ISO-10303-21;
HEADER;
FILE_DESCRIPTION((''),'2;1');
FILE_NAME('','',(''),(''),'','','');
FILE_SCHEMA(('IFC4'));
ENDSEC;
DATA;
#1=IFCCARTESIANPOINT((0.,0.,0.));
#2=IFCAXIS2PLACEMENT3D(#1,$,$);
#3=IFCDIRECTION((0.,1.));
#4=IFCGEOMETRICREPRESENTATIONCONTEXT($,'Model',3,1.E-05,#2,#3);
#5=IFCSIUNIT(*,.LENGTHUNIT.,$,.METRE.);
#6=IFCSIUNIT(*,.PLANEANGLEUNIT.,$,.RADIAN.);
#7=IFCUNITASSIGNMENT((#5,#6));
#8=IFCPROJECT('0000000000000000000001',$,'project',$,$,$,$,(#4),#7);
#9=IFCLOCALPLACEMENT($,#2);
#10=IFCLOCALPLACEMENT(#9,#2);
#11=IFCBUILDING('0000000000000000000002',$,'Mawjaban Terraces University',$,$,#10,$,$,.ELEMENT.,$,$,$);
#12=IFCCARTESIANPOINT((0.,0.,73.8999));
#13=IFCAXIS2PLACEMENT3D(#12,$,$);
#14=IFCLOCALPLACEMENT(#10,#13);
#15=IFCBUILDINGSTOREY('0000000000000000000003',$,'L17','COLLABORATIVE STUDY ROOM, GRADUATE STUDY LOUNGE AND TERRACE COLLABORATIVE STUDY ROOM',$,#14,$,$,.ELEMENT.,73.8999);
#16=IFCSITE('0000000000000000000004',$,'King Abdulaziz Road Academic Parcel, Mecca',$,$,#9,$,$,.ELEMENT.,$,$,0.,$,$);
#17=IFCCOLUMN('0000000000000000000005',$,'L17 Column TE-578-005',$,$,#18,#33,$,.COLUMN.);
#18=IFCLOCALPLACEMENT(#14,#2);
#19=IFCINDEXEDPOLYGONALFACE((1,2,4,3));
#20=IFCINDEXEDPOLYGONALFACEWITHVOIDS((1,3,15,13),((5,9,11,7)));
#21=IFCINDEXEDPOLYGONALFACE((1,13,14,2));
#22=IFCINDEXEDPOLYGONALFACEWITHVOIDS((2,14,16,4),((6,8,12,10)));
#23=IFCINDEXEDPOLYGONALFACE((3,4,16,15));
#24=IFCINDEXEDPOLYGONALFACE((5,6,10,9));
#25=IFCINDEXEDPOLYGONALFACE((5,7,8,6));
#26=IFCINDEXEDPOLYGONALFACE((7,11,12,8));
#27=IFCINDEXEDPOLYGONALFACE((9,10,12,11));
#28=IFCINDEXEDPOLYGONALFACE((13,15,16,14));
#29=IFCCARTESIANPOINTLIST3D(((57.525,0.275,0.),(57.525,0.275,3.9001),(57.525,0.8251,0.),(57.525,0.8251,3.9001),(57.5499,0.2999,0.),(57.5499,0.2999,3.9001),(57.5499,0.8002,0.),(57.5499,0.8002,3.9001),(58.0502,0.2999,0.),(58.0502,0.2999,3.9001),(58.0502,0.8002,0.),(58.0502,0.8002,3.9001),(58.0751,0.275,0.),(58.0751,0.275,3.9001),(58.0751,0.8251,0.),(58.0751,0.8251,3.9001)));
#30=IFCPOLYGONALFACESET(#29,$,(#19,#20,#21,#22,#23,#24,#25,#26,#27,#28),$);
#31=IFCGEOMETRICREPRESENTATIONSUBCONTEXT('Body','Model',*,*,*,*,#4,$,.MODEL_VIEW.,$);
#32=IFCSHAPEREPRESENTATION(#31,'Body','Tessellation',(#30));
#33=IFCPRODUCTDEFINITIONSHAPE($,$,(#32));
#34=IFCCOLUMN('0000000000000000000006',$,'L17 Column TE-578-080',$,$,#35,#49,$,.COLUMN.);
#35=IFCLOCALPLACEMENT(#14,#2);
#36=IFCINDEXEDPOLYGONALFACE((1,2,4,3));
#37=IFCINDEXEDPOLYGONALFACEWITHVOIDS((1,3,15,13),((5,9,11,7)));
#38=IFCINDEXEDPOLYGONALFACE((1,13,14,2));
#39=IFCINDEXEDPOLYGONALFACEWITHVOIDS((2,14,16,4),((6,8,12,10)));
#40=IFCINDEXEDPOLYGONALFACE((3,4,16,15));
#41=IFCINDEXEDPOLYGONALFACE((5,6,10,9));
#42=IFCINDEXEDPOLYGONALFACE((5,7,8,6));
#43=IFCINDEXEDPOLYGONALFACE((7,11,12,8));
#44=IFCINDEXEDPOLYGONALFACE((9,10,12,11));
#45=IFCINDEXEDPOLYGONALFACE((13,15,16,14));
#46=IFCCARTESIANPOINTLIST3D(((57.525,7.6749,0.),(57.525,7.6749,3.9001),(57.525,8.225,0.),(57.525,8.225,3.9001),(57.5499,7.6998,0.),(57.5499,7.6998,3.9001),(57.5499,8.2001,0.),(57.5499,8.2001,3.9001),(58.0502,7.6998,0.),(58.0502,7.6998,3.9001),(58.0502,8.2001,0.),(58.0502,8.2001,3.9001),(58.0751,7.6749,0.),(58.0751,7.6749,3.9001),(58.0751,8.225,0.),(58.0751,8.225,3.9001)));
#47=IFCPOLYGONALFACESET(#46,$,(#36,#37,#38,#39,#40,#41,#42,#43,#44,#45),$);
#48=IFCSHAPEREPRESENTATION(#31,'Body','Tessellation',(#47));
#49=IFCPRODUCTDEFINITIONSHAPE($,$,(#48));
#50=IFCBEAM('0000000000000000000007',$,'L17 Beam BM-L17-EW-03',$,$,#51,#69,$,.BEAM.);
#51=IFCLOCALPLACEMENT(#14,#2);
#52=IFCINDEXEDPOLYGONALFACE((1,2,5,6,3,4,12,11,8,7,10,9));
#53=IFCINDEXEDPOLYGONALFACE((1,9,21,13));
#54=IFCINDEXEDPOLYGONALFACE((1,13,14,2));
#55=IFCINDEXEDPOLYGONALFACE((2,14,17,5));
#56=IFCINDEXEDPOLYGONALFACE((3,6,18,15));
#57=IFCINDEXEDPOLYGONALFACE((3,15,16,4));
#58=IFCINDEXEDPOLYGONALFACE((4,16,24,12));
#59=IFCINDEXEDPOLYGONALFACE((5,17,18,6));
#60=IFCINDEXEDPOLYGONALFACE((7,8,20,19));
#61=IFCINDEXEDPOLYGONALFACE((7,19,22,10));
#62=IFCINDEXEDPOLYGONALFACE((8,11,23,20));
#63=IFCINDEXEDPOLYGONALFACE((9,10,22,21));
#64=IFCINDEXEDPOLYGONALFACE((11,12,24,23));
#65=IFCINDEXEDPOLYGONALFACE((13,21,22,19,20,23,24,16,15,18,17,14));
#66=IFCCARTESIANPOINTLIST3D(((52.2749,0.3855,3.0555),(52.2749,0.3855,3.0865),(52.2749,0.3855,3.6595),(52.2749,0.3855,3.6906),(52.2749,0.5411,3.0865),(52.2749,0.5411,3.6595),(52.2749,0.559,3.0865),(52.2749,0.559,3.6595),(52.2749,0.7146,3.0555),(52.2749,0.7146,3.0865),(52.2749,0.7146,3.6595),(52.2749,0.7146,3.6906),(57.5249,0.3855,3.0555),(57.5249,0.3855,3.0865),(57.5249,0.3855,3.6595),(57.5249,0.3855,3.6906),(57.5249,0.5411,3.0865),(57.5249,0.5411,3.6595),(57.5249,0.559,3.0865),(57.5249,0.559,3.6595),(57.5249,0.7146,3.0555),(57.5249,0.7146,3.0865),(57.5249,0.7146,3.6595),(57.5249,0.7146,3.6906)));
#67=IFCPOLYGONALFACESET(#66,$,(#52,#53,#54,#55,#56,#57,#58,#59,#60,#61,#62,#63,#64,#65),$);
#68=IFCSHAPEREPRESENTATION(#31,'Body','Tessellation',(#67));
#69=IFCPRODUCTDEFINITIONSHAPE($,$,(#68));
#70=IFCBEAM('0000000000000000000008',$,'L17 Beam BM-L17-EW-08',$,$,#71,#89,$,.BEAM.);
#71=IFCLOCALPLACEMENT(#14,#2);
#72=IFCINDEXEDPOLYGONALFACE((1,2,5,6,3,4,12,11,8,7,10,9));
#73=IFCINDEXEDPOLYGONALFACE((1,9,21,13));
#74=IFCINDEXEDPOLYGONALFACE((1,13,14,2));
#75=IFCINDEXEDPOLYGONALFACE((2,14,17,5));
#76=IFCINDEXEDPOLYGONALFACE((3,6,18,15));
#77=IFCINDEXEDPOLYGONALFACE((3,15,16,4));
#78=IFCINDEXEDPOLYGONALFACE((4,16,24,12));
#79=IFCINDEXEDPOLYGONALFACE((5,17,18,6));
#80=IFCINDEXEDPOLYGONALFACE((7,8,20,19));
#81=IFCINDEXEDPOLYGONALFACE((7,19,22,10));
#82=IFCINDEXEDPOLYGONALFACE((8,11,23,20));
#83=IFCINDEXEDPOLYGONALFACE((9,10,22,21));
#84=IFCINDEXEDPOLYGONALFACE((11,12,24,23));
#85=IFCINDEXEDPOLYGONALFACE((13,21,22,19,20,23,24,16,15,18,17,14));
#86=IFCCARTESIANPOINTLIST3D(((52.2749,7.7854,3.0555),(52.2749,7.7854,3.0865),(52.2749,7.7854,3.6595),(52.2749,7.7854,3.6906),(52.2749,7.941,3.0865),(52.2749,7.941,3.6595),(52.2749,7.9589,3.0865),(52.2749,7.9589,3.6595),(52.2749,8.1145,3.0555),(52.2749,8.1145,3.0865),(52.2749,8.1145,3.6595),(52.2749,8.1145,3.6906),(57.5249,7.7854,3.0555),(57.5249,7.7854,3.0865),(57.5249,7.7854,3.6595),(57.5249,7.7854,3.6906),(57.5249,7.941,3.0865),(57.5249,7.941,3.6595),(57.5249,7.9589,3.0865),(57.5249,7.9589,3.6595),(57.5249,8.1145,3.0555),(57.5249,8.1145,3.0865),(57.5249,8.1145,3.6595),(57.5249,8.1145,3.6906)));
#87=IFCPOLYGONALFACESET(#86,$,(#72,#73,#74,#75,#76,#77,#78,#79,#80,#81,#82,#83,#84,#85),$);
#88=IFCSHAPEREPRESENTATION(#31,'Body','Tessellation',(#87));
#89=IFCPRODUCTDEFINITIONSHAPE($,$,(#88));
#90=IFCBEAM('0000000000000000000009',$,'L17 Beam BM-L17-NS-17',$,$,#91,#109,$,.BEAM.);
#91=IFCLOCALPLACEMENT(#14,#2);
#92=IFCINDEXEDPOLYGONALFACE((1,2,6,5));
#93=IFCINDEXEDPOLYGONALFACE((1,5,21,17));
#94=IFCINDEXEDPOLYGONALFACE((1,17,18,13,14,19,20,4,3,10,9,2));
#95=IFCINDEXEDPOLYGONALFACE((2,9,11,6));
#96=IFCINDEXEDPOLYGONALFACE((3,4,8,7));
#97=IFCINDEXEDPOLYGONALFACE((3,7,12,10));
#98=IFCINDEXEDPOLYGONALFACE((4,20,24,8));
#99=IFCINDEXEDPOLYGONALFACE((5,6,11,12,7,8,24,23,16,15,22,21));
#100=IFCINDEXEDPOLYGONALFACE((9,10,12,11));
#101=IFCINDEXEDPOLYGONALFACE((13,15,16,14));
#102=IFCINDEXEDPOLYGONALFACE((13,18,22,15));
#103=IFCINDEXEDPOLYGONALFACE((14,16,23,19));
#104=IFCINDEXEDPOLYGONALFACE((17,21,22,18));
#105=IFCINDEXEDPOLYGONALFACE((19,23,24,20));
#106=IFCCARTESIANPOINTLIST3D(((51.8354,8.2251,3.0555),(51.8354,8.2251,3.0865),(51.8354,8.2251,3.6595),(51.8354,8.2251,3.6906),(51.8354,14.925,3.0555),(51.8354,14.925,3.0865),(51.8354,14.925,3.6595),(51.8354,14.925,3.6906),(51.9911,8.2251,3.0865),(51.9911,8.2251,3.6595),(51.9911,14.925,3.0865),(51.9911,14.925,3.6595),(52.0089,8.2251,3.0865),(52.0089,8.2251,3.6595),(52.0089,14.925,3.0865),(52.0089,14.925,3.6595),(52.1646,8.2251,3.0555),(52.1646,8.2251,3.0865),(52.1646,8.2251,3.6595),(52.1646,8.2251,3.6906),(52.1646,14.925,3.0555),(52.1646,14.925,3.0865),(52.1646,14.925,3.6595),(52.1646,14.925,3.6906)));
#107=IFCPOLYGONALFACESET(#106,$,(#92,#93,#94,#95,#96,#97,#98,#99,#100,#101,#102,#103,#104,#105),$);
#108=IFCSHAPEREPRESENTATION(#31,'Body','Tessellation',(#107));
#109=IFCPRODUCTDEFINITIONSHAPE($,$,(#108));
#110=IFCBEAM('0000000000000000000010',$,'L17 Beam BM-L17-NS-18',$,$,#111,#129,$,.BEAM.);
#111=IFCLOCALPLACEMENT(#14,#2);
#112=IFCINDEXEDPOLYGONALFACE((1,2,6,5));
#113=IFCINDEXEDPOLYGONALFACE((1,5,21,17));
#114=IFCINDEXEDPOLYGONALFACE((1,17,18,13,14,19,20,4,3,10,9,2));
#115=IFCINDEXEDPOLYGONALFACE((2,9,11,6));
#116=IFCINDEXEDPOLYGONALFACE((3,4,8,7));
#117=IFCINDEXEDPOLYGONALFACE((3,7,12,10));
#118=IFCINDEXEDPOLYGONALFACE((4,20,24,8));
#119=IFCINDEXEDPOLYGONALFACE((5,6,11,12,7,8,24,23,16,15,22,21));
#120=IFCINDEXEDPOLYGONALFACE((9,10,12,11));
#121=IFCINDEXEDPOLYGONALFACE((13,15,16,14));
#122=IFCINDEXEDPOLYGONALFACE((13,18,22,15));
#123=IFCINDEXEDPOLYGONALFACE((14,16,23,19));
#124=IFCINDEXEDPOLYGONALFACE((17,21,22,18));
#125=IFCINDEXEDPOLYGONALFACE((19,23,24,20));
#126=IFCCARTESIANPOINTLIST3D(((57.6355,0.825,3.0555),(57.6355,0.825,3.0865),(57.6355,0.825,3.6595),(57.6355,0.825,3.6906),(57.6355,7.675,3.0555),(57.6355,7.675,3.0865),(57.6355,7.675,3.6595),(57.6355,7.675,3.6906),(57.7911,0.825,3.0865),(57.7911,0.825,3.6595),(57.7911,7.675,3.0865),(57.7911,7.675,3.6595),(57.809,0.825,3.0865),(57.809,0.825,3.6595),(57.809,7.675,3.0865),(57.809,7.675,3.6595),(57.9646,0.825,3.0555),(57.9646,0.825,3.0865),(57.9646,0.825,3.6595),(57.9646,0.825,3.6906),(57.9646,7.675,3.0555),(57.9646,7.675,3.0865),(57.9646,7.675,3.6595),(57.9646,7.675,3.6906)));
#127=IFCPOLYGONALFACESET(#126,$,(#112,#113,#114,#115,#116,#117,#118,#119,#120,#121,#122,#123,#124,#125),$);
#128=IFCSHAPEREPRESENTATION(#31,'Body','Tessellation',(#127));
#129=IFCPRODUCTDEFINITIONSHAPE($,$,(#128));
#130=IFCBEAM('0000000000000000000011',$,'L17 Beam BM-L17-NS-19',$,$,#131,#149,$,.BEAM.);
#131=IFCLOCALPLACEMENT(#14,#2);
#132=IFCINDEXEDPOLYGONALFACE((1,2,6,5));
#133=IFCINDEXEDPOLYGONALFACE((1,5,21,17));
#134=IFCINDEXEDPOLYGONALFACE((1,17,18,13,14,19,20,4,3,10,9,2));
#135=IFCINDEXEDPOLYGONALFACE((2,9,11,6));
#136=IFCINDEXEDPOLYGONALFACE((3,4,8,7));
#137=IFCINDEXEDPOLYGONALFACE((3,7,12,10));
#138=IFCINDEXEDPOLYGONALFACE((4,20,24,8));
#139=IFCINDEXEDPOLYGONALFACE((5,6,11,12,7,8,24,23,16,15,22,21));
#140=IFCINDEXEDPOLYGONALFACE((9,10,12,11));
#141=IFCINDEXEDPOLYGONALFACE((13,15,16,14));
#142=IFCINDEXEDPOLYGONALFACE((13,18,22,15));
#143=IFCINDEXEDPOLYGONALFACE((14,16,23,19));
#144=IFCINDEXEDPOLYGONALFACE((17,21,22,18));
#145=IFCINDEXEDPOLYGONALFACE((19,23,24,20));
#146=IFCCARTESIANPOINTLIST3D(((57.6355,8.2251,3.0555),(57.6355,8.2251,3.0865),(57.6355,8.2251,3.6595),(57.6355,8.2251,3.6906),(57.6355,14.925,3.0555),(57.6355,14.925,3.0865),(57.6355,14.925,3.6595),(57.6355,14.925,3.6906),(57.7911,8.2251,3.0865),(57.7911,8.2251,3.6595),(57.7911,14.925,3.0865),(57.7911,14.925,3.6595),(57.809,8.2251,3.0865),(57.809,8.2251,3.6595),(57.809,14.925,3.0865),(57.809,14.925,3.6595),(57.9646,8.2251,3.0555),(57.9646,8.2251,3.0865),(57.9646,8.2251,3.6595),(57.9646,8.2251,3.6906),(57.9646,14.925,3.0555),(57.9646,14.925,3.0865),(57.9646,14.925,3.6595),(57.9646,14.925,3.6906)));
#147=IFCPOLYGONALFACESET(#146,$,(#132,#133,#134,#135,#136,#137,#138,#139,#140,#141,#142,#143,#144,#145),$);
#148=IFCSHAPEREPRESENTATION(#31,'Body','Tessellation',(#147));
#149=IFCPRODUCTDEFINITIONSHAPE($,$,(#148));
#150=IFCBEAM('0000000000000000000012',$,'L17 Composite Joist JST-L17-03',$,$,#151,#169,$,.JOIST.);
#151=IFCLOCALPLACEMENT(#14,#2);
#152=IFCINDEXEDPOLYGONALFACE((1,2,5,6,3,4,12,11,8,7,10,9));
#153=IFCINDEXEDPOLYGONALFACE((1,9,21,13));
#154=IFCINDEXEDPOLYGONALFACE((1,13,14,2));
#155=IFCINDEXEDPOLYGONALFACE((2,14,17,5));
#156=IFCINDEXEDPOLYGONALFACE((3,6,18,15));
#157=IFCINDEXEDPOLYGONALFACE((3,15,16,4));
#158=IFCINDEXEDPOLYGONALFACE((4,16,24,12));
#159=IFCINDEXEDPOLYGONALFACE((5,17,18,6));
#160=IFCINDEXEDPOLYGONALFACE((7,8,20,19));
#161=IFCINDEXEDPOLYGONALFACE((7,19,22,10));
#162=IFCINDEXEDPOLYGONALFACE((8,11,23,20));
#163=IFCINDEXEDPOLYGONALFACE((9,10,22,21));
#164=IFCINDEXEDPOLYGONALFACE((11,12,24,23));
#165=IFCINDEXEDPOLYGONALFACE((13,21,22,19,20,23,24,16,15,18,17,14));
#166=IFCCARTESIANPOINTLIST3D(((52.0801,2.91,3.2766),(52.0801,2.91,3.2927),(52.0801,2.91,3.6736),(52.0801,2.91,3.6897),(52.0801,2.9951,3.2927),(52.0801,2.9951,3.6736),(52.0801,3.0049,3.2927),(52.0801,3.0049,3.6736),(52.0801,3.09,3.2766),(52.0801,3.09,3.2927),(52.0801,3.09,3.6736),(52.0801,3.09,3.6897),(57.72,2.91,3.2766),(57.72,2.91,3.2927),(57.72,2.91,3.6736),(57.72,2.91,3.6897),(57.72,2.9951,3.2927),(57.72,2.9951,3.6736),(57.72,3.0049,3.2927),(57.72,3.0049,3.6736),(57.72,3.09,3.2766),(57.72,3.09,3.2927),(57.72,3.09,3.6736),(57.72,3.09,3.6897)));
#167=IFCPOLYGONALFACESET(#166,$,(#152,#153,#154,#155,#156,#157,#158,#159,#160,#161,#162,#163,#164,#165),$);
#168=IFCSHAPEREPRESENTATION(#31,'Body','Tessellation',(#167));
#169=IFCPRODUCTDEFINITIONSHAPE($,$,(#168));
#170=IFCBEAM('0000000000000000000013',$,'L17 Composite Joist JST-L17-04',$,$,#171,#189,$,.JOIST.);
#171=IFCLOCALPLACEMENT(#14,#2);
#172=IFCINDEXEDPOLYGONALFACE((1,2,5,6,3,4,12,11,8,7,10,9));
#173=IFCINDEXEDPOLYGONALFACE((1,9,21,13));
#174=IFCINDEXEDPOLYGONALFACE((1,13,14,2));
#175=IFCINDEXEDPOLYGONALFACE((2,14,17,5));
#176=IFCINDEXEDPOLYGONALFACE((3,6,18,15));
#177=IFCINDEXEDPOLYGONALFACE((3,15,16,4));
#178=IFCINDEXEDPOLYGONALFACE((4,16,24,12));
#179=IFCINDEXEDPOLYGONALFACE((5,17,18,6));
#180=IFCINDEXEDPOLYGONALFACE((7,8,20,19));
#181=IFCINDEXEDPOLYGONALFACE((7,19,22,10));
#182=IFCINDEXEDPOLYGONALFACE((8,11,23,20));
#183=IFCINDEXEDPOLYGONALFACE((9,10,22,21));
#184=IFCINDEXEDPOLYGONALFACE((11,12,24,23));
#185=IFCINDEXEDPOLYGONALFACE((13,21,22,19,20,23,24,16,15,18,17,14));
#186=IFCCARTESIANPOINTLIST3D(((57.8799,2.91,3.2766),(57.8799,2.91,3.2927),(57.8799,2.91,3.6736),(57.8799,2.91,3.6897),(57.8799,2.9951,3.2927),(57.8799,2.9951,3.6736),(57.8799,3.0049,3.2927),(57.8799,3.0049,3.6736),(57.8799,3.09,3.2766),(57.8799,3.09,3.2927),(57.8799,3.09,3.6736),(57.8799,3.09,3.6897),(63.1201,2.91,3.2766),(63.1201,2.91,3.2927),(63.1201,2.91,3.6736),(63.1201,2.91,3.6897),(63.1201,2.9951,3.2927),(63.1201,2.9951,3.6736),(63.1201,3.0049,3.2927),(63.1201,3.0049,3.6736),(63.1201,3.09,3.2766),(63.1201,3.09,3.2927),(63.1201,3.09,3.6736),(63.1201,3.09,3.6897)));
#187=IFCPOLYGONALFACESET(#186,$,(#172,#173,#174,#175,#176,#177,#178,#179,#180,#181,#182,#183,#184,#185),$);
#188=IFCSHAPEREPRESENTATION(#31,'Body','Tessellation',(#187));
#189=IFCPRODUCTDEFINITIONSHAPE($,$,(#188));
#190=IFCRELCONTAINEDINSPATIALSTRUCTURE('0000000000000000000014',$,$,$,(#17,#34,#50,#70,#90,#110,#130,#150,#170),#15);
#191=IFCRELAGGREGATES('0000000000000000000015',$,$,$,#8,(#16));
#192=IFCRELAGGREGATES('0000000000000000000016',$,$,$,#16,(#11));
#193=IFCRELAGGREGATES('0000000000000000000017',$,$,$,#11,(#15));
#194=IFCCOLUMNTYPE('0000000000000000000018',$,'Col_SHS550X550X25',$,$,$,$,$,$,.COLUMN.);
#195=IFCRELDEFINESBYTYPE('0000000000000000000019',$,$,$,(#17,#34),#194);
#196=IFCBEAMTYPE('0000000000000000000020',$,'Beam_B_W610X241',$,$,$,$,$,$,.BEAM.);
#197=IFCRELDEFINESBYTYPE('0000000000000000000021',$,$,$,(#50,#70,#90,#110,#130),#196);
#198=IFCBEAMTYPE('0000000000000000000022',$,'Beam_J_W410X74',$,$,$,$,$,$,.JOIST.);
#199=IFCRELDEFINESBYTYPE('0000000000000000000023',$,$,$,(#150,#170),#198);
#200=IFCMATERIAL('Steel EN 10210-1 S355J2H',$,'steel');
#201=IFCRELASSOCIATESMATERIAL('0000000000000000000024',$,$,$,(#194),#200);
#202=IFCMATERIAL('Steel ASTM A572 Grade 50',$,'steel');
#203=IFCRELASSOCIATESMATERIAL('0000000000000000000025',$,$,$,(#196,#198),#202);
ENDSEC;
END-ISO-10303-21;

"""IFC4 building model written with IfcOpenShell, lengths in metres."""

from ifc_helpers import new_model, si_unit, direction, frame, origin, origin_2d, place, context, subcontext, project, spatial, hollow_rectangle, i_section, extrude, material, material_profile, profile_set, type_object, element, save


model = new_model("IFC4")

# Units and contexts
model_context = context("Model", 3, precision=1e-05, world=origin(), true_north=direction((0.0, 1.0)))
body_context = subcontext(model_context, "Body", "Model", "MODEL_VIEW")
ifc_project = project(units=[si_unit("LENGTHUNIT", "METRE"), si_unit("PLANEANGLEUNIT", "RADIAN")], contexts=[model_context])

# Site, building, storey
site_placement = place(None, origin())
site = spatial("IfcSite", under=ifc_project, at=site_placement, Name="King Abdulaziz Road Academic Parcel, Mecca", CompositionType="ELEMENT", RefElevation=0.0)
building_placement = place(site_placement, origin())
building = spatial("IfcBuilding", under=site, at=building_placement, Name="Mawjaban Terraces University", CompositionType="ELEMENT")
storey_placement = place(building_placement, frame((0.0, 0.0, 73.8999)))
storey = spatial("IfcBuildingStorey", under=building, at=storey_placement, Name="L17", Description="COLLABORATIVE STUDY ROOM, GRADUATE STUDY LOUNGE AND TERRACE COLLABORATIVE STUDY ROOM", CompositionType="ELEMENT", Elevation=73.8999)

# Columns
ifc_material_1 = material(Name="Steel EN 10210-1 S355J2H", Category="steel")
ifc_material_profile_1 = material_profile(ifc_material_1, hollow_rectangle(XDim=0.55, YDim=0.55, WallThickness=0.0249, at=origin_2d()), Name="SHS550X550X25")
ifc_profile_set_1 = profile_set([ifc_material_profile_1], Name="Steel EN 10210-1 S355J2H")
column_type = type_object("IfcColumnType", Name="Col_SHS550X550X25", PredefinedType="COLUMN", material=ifc_profile_set_1)
for number, where, z_axis, x_axis, name in (
    (1, (57.8, 0.55, 0.0), (0.0, 0.0, 1.0), (1.0, 0.0, 0.0), "L17 Column TE-578-005"),
    (2, (57.8, 7.95, 0.0), (0.0, 0.0, 1.0), (1.0, 0.0, 0.0), "L17 Column TE-578-080"),
):
    element("IfcColumn", number, at=place(storey_placement, frame(where, z_axis=z_axis, x_axis=x_axis)), inside=storey, type_object=column_type, Name=name, PredefinedType="COLUMN", context=body_context, shape_type="SweptSolid", body=[
        extrude(hollow_rectangle(XDim=0.55, YDim=0.55, WallThickness=0.0249, at=origin_2d()), origin(), (0.0, 0.0, 1.0), 3.9001),
    ])

# Beams
ifc_material_2 = material(Name="Steel ASTM A572 Grade 50", Category="steel")
ifc_material_profile_2 = material_profile(ifc_material_2, i_section(OverallWidth=0.3291, OverallDepth=0.635, WebThickness=0.0178, FlangeThickness=0.031, at=origin_2d()), Name="W610X241")
ifc_profile_set_2 = profile_set([ifc_material_profile_2], Name="Steel ASTM A572 Grade 50")
beam_type_1 = type_object("IfcBeamType", Name="Beam_B_W610X241", PredefinedType="BEAM", material=ifc_profile_set_2)
for number, where, z_axis, x_axis, name in (
    (3, (52.2749, 0.55, 3.373), (1.0, 0.0, 0.0), (0.0, 1.0, 0.0), "L17 Beam BM-L17-EW-03"),
    (4, (52.2749, 7.95, 3.373), (1.0, 0.0, 0.0), (0.0, 1.0, 0.0), "L17 Beam BM-L17-EW-08"),
):
    element("IfcBeam", number, at=place(storey_placement, frame(where, z_axis=z_axis, x_axis=x_axis)), inside=storey, type_object=beam_type_1, Name=name, PredefinedType="BEAM", context=body_context, shape_type="SweptSolid", body=[
        extrude(i_section(OverallWidth=0.3291, OverallDepth=0.635, WebThickness=0.0178, FlangeThickness=0.031, at=origin_2d()), origin(), (0.0, 0.0, 1.0), 5.25),
    ])
beam_1_placement = place(storey_placement, frame((52.0, 8.2251, 3.373), z_axis=(0.0, 1.0, 0.0), x_axis=(-1.0, 0.0, 0.0)))
element("IfcBeam", 5, at=beam_1_placement, inside=storey, type_object=beam_type_1, Name="L17 Beam BM-L17-NS-17", PredefinedType="BEAM", context=body_context, shape_type="SweptSolid", body=[
    extrude(i_section(OverallWidth=0.3291, OverallDepth=0.635, WebThickness=0.0178, FlangeThickness=0.031, at=origin_2d()), origin(), (0.0, 0.0, 1.0), 6.7),
])
beam_2_placement = place(storey_placement, frame((57.8, 0.825, 3.373), z_axis=(0.0, 1.0, 0.0), x_axis=(-1.0, 0.0, 0.0)))
element("IfcBeam", 6, at=beam_2_placement, inside=storey, type_object=beam_type_1, Name="L17 Beam BM-L17-NS-18", PredefinedType="BEAM", context=body_context, shape_type="SweptSolid", body=[
    extrude(i_section(OverallWidth=0.3291, OverallDepth=0.635, WebThickness=0.0178, FlangeThickness=0.031, at=origin_2d()), origin(), (0.0, 0.0, 1.0), 6.8501),
])
beam_3_placement = place(storey_placement, frame((57.8, 8.2251, 3.373), z_axis=(0.0, 1.0, 0.0), x_axis=(-1.0, 0.0, 0.0)))
element("IfcBeam", 7, at=beam_3_placement, inside=storey, type_object=beam_type_1, Name="L17 Beam BM-L17-NS-19", PredefinedType="BEAM", context=body_context, shape_type="SweptSolid", body=[
    extrude(i_section(OverallWidth=0.3291, OverallDepth=0.635, WebThickness=0.0178, FlangeThickness=0.031, at=origin_2d()), origin(), (0.0, 0.0, 1.0), 6.7),
])
ifc_material_profile_3 = material_profile(ifc_material_2, i_section(OverallWidth=0.1799, OverallDepth=0.4131, WebThickness=0.0098, FlangeThickness=0.0161, at=origin_2d()), Name="W410X74")
ifc_profile_set_3 = profile_set([ifc_material_profile_3], Name="Steel ASTM A572 Grade 50")
beam_type_2 = type_object("IfcBeamType", Name="Beam_J_W410X74", PredefinedType="JOIST", material=ifc_profile_set_3)
beam_4_placement = place(storey_placement, frame((52.0801, 3.0, 3.4832), z_axis=(1.0, 0.0, 0.0), x_axis=(0.0, 1.0, 0.0)))
element("IfcBeam", 8, at=beam_4_placement, inside=storey, type_object=beam_type_2, Name="L17 Composite Joist JST-L17-03", PredefinedType="JOIST", context=body_context, shape_type="SweptSolid", body=[
    extrude(i_section(OverallWidth=0.1799, OverallDepth=0.4131, WebThickness=0.0098, FlangeThickness=0.0161, at=origin_2d()), origin(), (0.0, 0.0, 1.0), 5.6399),
])
beam_5_placement = place(storey_placement, frame((57.8799, 3.0, 3.4832), z_axis=(1.0, 0.0, 0.0), x_axis=(0.0, 1.0, 0.0)))
element("IfcBeam", 9, at=beam_5_placement, inside=storey, type_object=beam_type_2, Name="L17 Composite Joist JST-L17-04", PredefinedType="JOIST", context=body_context, shape_type="SweptSolid", body=[
    extrude(i_section(OverallWidth=0.1799, OverallDepth=0.4131, WebThickness=0.0098, FlangeThickness=0.0161, at=origin_2d()), origin(), (0.0, 0.0, 1.0), 5.2402),
])

save(model, "model.ifc")
